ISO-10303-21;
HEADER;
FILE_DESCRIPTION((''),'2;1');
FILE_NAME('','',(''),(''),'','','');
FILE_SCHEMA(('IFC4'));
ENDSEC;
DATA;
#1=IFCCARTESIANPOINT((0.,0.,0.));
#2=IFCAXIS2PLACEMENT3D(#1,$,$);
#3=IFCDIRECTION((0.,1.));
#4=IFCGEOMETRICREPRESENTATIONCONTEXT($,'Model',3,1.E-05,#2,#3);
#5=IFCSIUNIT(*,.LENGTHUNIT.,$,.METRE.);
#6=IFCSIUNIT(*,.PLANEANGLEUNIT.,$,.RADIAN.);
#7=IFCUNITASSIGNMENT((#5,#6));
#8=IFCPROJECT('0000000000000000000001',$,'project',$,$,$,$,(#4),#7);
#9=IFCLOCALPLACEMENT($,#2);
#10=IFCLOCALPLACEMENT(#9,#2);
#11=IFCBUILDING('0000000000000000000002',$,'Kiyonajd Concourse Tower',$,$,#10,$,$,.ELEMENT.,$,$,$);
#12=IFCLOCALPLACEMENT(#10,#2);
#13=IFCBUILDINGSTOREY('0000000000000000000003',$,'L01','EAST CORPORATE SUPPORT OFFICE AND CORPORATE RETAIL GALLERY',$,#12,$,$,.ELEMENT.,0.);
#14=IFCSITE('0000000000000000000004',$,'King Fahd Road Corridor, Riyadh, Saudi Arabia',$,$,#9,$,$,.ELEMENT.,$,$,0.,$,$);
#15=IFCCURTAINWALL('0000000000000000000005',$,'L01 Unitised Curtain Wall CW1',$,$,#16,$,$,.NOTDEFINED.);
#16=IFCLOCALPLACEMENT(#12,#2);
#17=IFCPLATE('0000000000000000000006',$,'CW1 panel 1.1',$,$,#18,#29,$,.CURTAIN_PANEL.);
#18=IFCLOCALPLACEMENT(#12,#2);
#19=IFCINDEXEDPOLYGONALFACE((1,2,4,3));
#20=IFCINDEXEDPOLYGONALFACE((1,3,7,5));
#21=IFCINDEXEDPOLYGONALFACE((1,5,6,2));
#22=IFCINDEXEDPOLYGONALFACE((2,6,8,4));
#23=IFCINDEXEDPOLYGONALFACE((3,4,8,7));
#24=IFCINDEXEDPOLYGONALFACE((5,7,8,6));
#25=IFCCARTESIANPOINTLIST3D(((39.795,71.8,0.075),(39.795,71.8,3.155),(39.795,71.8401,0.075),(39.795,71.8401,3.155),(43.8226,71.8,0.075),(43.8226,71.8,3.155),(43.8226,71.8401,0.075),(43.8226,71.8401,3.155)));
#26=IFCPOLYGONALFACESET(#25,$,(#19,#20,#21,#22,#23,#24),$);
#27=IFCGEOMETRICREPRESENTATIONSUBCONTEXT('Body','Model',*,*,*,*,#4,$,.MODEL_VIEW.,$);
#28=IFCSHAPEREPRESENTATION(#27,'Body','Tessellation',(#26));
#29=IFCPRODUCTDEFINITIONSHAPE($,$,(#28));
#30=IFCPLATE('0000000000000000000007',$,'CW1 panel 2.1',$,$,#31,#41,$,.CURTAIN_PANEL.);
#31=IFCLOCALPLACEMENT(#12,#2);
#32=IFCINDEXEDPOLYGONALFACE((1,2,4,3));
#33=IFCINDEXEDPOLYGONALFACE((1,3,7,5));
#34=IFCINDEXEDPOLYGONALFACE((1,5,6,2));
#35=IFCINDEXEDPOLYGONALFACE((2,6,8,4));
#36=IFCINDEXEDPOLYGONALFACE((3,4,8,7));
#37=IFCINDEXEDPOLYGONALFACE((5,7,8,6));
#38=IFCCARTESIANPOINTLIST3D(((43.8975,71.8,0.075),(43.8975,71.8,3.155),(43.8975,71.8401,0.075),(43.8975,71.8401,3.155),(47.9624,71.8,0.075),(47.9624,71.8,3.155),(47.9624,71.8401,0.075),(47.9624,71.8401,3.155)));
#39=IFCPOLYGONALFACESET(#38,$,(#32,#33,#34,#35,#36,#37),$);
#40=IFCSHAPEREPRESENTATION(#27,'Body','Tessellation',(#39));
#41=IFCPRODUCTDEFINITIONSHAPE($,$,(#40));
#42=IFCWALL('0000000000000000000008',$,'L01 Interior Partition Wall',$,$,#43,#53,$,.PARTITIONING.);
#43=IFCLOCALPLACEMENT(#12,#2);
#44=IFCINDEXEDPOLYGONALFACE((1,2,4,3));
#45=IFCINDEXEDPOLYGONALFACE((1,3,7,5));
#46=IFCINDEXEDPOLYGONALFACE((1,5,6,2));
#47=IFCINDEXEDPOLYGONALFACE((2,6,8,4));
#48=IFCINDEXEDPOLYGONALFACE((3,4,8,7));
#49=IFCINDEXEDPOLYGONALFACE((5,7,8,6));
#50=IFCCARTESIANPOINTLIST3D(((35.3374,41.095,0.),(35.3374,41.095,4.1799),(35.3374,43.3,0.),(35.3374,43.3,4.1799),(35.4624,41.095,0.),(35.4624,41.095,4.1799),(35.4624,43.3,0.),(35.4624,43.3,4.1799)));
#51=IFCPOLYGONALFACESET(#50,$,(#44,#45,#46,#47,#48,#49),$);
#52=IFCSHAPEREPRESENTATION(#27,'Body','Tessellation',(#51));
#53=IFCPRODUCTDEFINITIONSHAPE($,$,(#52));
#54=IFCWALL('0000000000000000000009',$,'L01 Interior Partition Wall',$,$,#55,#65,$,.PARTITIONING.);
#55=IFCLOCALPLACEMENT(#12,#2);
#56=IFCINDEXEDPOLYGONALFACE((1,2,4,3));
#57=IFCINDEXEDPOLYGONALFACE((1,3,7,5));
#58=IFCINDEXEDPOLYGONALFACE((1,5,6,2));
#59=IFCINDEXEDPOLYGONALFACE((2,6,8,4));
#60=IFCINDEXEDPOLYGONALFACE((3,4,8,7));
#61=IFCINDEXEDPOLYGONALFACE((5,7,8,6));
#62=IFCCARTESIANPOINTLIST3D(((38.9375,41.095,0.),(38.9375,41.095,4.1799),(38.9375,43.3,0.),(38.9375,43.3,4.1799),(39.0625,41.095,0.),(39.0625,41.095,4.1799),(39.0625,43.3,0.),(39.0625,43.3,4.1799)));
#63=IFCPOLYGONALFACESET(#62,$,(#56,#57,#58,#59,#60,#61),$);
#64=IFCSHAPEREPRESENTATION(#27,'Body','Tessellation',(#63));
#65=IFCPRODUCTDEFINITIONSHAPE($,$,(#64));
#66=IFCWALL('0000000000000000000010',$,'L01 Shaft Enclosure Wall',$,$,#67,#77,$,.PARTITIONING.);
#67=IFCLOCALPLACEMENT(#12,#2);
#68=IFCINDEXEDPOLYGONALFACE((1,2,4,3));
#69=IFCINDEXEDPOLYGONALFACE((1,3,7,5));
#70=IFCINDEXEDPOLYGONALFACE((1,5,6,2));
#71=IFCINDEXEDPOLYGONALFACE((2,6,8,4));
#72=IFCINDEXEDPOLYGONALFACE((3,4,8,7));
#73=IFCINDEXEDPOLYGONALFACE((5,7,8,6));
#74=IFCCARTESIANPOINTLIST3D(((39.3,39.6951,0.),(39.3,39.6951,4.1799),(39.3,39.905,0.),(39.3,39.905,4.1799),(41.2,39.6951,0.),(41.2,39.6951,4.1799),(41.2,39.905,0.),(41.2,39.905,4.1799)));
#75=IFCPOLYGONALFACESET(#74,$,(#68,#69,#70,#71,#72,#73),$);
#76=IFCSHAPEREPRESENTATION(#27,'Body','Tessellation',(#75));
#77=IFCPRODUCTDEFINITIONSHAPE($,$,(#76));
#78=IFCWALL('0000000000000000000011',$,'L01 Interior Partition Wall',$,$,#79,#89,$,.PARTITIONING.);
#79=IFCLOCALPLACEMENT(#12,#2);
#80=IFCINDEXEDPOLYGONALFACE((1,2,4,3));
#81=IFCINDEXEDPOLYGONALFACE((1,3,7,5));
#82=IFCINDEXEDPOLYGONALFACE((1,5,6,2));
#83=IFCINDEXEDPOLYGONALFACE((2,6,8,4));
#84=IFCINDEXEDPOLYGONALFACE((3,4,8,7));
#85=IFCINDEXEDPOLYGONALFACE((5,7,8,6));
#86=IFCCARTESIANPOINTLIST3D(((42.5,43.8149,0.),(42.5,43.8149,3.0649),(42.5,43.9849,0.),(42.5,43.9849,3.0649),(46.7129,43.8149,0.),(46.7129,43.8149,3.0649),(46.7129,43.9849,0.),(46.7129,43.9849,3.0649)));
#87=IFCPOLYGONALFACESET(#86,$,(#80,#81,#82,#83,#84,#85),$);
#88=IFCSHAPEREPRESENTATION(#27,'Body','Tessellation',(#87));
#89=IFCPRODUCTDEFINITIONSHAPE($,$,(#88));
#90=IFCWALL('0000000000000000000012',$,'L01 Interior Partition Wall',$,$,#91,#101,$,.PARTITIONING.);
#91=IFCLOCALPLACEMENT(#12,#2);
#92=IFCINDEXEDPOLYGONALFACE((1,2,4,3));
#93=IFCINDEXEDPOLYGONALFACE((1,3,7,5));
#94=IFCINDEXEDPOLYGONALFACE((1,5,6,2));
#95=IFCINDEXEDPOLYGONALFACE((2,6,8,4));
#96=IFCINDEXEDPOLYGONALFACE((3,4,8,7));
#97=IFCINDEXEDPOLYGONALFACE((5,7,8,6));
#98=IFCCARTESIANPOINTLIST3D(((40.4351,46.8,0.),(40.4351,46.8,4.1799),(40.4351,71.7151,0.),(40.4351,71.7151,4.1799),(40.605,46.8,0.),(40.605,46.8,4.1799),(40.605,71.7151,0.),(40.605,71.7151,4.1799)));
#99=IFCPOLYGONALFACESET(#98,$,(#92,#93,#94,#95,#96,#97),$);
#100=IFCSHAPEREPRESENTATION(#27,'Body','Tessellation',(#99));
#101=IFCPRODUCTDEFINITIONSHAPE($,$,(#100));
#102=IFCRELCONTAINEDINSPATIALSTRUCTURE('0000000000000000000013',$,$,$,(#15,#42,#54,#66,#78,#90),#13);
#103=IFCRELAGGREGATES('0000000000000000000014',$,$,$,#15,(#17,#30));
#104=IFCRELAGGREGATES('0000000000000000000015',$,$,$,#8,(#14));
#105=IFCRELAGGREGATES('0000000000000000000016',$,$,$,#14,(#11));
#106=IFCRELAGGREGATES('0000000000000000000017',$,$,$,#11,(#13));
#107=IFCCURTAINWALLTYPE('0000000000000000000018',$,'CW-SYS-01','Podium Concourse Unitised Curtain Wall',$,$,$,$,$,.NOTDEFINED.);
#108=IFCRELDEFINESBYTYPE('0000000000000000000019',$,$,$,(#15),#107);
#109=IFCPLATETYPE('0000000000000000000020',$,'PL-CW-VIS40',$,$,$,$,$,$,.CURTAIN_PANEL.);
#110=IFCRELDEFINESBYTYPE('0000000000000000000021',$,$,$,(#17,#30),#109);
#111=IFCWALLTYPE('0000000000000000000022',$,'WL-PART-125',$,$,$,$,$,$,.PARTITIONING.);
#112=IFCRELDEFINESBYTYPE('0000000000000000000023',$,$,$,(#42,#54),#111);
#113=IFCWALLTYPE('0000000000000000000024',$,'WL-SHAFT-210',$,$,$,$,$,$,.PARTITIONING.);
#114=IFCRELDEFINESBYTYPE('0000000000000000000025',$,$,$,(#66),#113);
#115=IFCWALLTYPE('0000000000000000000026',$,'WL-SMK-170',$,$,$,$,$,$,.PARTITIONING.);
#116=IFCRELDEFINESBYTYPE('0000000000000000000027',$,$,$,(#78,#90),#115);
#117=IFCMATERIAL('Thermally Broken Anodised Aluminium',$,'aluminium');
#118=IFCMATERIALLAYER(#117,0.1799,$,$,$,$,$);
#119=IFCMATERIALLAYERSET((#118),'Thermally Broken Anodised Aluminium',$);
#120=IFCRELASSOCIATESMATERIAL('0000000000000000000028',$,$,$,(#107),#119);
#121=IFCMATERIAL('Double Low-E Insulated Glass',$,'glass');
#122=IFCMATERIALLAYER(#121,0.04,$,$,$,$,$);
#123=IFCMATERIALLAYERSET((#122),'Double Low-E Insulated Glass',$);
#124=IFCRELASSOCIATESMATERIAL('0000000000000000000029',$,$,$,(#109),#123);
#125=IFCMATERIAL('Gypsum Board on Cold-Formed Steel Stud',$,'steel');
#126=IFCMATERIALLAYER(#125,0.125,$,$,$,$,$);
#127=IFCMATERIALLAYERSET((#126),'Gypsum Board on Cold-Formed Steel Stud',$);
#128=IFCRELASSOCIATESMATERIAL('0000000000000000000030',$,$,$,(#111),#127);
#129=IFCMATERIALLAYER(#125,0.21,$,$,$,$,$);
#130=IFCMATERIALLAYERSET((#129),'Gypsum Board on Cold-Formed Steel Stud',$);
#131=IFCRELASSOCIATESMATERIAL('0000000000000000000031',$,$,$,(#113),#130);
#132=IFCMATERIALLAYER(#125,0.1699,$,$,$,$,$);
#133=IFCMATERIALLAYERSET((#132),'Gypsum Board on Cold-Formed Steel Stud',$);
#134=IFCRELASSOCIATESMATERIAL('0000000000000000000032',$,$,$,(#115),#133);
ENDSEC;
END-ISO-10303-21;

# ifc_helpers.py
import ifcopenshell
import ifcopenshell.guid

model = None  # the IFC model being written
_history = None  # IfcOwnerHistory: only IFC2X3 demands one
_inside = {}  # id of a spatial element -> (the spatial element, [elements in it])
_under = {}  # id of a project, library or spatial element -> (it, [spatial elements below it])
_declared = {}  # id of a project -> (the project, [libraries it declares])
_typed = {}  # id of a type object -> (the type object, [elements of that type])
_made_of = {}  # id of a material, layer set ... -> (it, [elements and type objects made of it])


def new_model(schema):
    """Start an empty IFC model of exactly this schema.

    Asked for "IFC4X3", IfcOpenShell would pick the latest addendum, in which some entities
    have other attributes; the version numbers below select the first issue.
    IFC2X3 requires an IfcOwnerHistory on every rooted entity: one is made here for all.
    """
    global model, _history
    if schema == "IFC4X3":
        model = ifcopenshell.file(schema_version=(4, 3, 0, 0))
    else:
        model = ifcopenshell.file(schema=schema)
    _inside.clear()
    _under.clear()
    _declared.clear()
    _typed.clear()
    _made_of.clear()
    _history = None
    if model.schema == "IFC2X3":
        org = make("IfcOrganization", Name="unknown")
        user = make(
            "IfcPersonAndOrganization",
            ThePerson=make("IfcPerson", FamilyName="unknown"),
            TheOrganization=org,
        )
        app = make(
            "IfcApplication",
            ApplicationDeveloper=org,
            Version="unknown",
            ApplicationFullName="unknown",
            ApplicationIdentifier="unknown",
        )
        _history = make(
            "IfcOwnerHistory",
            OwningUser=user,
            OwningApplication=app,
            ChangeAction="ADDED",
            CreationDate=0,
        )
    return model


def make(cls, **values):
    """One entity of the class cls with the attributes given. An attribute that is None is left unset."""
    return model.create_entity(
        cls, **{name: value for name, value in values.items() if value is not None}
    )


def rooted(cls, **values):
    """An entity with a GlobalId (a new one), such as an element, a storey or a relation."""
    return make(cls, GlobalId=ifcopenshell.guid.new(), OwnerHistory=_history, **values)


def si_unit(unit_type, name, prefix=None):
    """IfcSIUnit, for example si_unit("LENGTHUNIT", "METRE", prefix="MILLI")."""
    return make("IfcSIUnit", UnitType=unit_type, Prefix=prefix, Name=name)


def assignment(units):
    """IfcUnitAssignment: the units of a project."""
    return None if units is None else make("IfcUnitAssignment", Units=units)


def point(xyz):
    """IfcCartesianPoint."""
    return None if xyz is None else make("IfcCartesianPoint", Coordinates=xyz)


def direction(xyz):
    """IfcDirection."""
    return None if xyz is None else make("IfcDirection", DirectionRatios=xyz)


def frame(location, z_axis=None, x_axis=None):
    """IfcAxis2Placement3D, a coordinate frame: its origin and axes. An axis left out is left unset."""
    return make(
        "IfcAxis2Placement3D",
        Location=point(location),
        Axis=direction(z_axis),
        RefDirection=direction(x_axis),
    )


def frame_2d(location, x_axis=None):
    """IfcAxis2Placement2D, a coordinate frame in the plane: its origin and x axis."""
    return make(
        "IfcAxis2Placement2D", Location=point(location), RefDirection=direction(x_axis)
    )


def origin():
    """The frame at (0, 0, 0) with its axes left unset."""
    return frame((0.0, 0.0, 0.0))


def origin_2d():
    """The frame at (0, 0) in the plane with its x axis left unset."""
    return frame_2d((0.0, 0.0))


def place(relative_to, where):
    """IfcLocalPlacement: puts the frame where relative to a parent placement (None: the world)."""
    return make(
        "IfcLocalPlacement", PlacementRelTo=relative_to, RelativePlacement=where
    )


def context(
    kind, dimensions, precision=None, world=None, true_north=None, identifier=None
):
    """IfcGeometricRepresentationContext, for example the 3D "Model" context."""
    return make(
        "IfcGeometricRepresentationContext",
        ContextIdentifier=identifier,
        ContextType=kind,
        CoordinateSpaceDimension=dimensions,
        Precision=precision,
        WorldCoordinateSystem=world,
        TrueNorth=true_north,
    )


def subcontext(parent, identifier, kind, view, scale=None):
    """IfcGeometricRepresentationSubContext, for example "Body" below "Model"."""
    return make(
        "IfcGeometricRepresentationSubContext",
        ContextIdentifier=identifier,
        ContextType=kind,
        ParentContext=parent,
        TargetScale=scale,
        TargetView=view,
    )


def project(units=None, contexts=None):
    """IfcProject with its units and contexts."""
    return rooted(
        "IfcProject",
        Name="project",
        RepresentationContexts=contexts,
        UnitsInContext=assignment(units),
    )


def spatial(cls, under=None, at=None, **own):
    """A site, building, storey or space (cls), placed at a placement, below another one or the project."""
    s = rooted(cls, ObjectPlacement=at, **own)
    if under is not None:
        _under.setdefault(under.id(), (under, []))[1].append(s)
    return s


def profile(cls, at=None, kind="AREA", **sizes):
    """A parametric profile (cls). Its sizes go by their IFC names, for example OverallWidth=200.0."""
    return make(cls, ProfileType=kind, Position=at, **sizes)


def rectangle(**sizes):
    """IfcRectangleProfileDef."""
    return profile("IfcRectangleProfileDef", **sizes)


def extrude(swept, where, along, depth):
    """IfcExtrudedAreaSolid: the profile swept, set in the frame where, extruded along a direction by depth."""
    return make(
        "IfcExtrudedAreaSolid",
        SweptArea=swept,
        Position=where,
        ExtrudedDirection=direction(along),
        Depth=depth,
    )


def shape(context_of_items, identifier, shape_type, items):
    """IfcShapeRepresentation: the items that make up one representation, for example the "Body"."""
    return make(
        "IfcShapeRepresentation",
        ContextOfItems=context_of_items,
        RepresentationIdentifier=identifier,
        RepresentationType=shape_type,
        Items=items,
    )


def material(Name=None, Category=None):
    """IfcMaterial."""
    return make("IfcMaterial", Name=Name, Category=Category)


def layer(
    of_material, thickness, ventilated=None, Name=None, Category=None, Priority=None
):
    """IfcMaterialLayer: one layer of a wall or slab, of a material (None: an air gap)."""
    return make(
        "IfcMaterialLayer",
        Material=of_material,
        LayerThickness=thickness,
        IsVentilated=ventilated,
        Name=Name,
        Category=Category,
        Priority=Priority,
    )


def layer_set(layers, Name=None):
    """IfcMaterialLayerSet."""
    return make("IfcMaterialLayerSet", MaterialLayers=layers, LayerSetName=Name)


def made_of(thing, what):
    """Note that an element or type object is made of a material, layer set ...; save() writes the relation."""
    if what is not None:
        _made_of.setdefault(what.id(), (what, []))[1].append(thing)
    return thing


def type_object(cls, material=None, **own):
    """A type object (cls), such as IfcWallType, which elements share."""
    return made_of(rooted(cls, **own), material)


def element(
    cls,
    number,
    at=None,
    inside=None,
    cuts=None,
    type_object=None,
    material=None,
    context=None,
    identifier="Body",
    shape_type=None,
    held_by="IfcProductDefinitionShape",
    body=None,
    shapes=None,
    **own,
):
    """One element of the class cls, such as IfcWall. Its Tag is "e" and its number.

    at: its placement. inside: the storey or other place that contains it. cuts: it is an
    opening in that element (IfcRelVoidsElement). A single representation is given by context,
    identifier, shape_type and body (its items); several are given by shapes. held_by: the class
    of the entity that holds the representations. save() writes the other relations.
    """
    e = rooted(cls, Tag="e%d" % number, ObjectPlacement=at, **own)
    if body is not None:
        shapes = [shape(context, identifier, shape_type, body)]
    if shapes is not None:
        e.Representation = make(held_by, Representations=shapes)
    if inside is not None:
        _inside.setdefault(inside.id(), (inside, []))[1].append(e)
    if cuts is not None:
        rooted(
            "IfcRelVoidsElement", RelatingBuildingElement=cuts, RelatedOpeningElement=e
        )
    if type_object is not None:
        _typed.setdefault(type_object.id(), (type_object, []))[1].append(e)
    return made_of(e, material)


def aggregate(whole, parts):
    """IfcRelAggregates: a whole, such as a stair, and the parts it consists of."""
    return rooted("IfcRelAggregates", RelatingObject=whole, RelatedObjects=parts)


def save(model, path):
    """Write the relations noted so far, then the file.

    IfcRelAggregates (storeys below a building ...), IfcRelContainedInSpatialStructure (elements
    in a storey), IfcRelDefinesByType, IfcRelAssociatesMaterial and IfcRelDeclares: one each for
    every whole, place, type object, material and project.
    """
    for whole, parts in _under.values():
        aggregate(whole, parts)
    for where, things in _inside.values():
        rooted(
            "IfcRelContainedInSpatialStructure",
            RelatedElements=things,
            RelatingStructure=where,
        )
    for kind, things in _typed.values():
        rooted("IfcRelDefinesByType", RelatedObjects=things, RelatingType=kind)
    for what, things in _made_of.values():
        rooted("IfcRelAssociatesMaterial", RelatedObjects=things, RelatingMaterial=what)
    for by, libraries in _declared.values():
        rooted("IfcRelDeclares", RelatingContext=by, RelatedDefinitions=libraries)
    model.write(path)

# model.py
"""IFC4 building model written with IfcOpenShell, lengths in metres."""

from ifc_helpers import new_model, si_unit, direction, frame, frame_2d, origin, origin_2d, place, context, subcontext, project, spatial, rectangle, extrude, material, layer, layer_set, type_object, element, aggregate, save


model = new_model("IFC4")

# Units and contexts
model_context = context("Model", 3, precision=1e-05, world=origin(), true_north=direction((0.0, 1.0)))
body_context = subcontext(model_context, "Body", "Model", "MODEL_VIEW")
ifc_project = project(units=[si_unit("LENGTHUNIT", "METRE"), si_unit("PLANEANGLEUNIT", "RADIAN")], contexts=[model_context])

# Site, building, storey
site_placement = place(None, origin())
site = spatial("IfcSite", under=ifc_project, at=site_placement, Name="King Fahd Road Corridor, Riyadh, Saudi Arabia", CompositionType="ELEMENT", RefElevation=0.0)
building_placement = place(site_placement, origin())
building = spatial("IfcBuilding", under=site, at=building_placement, Name="Kiyonajd Concourse Tower", CompositionType="ELEMENT")
storey_placement = place(building_placement, origin())
storey = spatial("IfcBuildingStorey", under=building, at=storey_placement, Name="L01", Description="EAST CORPORATE SUPPORT OFFICE AND CORPORATE RETAIL GALLERY", CompositionType="ELEMENT", Elevation=0.0)

# Curtain wall
ifc_material_1 = material(Name="Thermally Broken Anodised Aluminium", Category="aluminium")
ifc_layer_1 = layer(ifc_material_1, 0.1799)
ifc_layer_set_1 = layer_set([ifc_layer_1], Name="Thermally Broken Anodised Aluminium")
curtain_wall_type = type_object("IfcCurtainWallType", Name="CW-SYS-01", Description="Podium Concourse Unitised Curtain Wall", PredefinedType="NOTDEFINED", material=ifc_layer_set_1)
curtain_wall_placement = place(storey_placement, origin())
curtain_wall = element("IfcCurtainWall", 1, at=curtain_wall_placement, inside=storey, type_object=curtain_wall_type, Name="L01 Unitised Curtain Wall CW1", PredefinedType="NOTDEFINED")

# Plates
ifc_material_2 = material(Name="Double Low-E Insulated Glass", Category="glass")
ifc_layer_2 = layer(ifc_material_2, 0.04)
ifc_layer_set_2 = layer_set([ifc_layer_2], Name="Double Low-E Insulated Glass")
plate_type_1 = type_object("IfcPlateType", Name="PL-CW-VIS40", PredefinedType="CURTAIN_PANEL", material=ifc_layer_set_2)
plate_1_placement = place(storey_placement, frame((41.8088, 71.8201, 0.075), z_axis=(0.0, 0.0, 1.0), x_axis=(1.0, 0.0, 0.0)))
plate_1 = element("IfcPlate", 2, at=plate_1_placement, type_object=plate_type_1, Name="CW1 panel 1.1", PredefinedType="CURTAIN_PANEL", context=body_context, shape_type="SweptSolid", body=[
    extrude(rectangle(XDim=4.0276, YDim=0.04, at=origin_2d()), origin(), (0.0, 0.0, 1.0), 3.0801),
])
plate_2_placement = place(storey_placement, frame((45.9299, 71.8201, 0.075), z_axis=(0.0, 0.0, 1.0), x_axis=(1.0, 0.0, 0.0)))
plate_2 = element("IfcPlate", 3, at=plate_2_placement, type_object=plate_type_1, Name="CW1 panel 2.1", PredefinedType="CURTAIN_PANEL", context=body_context, shape_type="SweptSolid", body=[
    extrude(rectangle(XDim=4.0649, YDim=0.04, at=origin_2d()), origin(), (0.0, 0.0, 1.0), 3.0801),
])
aggregate(curtain_wall, [plate_1, plate_2])

# Walls
ifc_material_3 = material(Name="Gypsum Board on Cold-Formed Steel Stud", Category="steel")
ifc_layer_3 = layer(ifc_material_3, 0.125)
ifc_layer_set_3 = layer_set([ifc_layer_3], Name="Gypsum Board on Cold-Formed Steel Stud")
wall_type_1 = type_object("IfcWallType", Name="WL-PART-125", PredefinedType="PARTITIONING", material=ifc_layer_set_3)
for number, where, z_axis, x_axis, name in (
    (4, (35.3999, 41.095, 0.0), (0.0, 0.0, 1.0), (0.0, 1.0, 0.0), "L01 Interior Partition Wall"),
    (5, (39.0, 41.095, 0.0), (0.0, 0.0, 1.0), (0.0, 1.0, 0.0), "L01 Interior Partition Wall"),
):
    element("IfcWall", number, at=place(storey_placement, frame(where, z_axis=z_axis, x_axis=x_axis)), inside=storey, type_object=wall_type_1, Name=name, PredefinedType="PARTITIONING", context=body_context, shape_type="SweptSolid", body=[
        extrude(rectangle(XDim=2.2051, YDim=0.125, at=frame_2d((1.1025, 0.0))), origin(), (0.0, 0.0, 1.0), 4.1799),
    ])
ifc_layer_4 = layer(ifc_material_3, 0.21)
ifc_layer_set_4 = layer_set([ifc_layer_4], Name="Gypsum Board on Cold-Formed Steel Stud")
wall_type_2 = type_object("IfcWallType", Name="WL-SHAFT-210", PredefinedType="PARTITIONING", material=ifc_layer_set_4)
wall_1_placement = place(storey_placement, frame((39.3, 39.8, 0.0), z_axis=(0.0, 0.0, 1.0), x_axis=(1.0, 0.0, 0.0)))
element("IfcWall", 6, at=wall_1_placement, inside=storey, type_object=wall_type_2, Name="L01 Shaft Enclosure Wall", PredefinedType="PARTITIONING", context=body_context, shape_type="SweptSolid", body=[
    extrude(rectangle(XDim=1.8999, YDim=0.21, at=frame_2d((0.95, 0.0))), origin(), (0.0, 0.0, 1.0), 4.1799),
])
ifc_layer_5 = layer(ifc_material_3, 0.1699)
ifc_layer_set_5 = layer_set([ifc_layer_5], Name="Gypsum Board on Cold-Formed Steel Stud")
wall_type_3 = type_object("IfcWallType", Name="WL-SMK-170", PredefinedType="PARTITIONING", material=ifc_layer_set_5)
wall_2_placement = place(storey_placement, frame((42.5, 43.8999, 0.0), z_axis=(0.0, 0.0, 1.0), x_axis=(1.0, 0.0, 0.0)))
element("IfcWall", 7, at=wall_2_placement, inside=storey, type_object=wall_type_3, Name="L01 Interior Partition Wall", PredefinedType="PARTITIONING", context=body_context, shape_type="SweptSolid", body=[
    extrude(rectangle(XDim=4.2129, YDim=0.1699, at=frame_2d((2.1064, 0.0))), origin(), (0.0, 0.0, 1.0), 3.0649),
])
wall_3_placement = place(storey_placement, frame((40.52, 46.8, 0.0), z_axis=(0.0, 0.0, 1.0), x_axis=(0.0, 1.0, 0.0)))
element("IfcWall", 8, at=wall_3_placement, inside=storey, type_object=wall_type_3, Name="L01 Interior Partition Wall", PredefinedType="PARTITIONING", context=body_context, shape_type="SweptSolid", body=[
    extrude(rectangle(XDim=24.915, YDim=0.1699, at=frame_2d((12.4575, 0.0))), origin(), (0.0, 0.0, 1.0), 4.1799),
])

save(model, "model.ifc")
